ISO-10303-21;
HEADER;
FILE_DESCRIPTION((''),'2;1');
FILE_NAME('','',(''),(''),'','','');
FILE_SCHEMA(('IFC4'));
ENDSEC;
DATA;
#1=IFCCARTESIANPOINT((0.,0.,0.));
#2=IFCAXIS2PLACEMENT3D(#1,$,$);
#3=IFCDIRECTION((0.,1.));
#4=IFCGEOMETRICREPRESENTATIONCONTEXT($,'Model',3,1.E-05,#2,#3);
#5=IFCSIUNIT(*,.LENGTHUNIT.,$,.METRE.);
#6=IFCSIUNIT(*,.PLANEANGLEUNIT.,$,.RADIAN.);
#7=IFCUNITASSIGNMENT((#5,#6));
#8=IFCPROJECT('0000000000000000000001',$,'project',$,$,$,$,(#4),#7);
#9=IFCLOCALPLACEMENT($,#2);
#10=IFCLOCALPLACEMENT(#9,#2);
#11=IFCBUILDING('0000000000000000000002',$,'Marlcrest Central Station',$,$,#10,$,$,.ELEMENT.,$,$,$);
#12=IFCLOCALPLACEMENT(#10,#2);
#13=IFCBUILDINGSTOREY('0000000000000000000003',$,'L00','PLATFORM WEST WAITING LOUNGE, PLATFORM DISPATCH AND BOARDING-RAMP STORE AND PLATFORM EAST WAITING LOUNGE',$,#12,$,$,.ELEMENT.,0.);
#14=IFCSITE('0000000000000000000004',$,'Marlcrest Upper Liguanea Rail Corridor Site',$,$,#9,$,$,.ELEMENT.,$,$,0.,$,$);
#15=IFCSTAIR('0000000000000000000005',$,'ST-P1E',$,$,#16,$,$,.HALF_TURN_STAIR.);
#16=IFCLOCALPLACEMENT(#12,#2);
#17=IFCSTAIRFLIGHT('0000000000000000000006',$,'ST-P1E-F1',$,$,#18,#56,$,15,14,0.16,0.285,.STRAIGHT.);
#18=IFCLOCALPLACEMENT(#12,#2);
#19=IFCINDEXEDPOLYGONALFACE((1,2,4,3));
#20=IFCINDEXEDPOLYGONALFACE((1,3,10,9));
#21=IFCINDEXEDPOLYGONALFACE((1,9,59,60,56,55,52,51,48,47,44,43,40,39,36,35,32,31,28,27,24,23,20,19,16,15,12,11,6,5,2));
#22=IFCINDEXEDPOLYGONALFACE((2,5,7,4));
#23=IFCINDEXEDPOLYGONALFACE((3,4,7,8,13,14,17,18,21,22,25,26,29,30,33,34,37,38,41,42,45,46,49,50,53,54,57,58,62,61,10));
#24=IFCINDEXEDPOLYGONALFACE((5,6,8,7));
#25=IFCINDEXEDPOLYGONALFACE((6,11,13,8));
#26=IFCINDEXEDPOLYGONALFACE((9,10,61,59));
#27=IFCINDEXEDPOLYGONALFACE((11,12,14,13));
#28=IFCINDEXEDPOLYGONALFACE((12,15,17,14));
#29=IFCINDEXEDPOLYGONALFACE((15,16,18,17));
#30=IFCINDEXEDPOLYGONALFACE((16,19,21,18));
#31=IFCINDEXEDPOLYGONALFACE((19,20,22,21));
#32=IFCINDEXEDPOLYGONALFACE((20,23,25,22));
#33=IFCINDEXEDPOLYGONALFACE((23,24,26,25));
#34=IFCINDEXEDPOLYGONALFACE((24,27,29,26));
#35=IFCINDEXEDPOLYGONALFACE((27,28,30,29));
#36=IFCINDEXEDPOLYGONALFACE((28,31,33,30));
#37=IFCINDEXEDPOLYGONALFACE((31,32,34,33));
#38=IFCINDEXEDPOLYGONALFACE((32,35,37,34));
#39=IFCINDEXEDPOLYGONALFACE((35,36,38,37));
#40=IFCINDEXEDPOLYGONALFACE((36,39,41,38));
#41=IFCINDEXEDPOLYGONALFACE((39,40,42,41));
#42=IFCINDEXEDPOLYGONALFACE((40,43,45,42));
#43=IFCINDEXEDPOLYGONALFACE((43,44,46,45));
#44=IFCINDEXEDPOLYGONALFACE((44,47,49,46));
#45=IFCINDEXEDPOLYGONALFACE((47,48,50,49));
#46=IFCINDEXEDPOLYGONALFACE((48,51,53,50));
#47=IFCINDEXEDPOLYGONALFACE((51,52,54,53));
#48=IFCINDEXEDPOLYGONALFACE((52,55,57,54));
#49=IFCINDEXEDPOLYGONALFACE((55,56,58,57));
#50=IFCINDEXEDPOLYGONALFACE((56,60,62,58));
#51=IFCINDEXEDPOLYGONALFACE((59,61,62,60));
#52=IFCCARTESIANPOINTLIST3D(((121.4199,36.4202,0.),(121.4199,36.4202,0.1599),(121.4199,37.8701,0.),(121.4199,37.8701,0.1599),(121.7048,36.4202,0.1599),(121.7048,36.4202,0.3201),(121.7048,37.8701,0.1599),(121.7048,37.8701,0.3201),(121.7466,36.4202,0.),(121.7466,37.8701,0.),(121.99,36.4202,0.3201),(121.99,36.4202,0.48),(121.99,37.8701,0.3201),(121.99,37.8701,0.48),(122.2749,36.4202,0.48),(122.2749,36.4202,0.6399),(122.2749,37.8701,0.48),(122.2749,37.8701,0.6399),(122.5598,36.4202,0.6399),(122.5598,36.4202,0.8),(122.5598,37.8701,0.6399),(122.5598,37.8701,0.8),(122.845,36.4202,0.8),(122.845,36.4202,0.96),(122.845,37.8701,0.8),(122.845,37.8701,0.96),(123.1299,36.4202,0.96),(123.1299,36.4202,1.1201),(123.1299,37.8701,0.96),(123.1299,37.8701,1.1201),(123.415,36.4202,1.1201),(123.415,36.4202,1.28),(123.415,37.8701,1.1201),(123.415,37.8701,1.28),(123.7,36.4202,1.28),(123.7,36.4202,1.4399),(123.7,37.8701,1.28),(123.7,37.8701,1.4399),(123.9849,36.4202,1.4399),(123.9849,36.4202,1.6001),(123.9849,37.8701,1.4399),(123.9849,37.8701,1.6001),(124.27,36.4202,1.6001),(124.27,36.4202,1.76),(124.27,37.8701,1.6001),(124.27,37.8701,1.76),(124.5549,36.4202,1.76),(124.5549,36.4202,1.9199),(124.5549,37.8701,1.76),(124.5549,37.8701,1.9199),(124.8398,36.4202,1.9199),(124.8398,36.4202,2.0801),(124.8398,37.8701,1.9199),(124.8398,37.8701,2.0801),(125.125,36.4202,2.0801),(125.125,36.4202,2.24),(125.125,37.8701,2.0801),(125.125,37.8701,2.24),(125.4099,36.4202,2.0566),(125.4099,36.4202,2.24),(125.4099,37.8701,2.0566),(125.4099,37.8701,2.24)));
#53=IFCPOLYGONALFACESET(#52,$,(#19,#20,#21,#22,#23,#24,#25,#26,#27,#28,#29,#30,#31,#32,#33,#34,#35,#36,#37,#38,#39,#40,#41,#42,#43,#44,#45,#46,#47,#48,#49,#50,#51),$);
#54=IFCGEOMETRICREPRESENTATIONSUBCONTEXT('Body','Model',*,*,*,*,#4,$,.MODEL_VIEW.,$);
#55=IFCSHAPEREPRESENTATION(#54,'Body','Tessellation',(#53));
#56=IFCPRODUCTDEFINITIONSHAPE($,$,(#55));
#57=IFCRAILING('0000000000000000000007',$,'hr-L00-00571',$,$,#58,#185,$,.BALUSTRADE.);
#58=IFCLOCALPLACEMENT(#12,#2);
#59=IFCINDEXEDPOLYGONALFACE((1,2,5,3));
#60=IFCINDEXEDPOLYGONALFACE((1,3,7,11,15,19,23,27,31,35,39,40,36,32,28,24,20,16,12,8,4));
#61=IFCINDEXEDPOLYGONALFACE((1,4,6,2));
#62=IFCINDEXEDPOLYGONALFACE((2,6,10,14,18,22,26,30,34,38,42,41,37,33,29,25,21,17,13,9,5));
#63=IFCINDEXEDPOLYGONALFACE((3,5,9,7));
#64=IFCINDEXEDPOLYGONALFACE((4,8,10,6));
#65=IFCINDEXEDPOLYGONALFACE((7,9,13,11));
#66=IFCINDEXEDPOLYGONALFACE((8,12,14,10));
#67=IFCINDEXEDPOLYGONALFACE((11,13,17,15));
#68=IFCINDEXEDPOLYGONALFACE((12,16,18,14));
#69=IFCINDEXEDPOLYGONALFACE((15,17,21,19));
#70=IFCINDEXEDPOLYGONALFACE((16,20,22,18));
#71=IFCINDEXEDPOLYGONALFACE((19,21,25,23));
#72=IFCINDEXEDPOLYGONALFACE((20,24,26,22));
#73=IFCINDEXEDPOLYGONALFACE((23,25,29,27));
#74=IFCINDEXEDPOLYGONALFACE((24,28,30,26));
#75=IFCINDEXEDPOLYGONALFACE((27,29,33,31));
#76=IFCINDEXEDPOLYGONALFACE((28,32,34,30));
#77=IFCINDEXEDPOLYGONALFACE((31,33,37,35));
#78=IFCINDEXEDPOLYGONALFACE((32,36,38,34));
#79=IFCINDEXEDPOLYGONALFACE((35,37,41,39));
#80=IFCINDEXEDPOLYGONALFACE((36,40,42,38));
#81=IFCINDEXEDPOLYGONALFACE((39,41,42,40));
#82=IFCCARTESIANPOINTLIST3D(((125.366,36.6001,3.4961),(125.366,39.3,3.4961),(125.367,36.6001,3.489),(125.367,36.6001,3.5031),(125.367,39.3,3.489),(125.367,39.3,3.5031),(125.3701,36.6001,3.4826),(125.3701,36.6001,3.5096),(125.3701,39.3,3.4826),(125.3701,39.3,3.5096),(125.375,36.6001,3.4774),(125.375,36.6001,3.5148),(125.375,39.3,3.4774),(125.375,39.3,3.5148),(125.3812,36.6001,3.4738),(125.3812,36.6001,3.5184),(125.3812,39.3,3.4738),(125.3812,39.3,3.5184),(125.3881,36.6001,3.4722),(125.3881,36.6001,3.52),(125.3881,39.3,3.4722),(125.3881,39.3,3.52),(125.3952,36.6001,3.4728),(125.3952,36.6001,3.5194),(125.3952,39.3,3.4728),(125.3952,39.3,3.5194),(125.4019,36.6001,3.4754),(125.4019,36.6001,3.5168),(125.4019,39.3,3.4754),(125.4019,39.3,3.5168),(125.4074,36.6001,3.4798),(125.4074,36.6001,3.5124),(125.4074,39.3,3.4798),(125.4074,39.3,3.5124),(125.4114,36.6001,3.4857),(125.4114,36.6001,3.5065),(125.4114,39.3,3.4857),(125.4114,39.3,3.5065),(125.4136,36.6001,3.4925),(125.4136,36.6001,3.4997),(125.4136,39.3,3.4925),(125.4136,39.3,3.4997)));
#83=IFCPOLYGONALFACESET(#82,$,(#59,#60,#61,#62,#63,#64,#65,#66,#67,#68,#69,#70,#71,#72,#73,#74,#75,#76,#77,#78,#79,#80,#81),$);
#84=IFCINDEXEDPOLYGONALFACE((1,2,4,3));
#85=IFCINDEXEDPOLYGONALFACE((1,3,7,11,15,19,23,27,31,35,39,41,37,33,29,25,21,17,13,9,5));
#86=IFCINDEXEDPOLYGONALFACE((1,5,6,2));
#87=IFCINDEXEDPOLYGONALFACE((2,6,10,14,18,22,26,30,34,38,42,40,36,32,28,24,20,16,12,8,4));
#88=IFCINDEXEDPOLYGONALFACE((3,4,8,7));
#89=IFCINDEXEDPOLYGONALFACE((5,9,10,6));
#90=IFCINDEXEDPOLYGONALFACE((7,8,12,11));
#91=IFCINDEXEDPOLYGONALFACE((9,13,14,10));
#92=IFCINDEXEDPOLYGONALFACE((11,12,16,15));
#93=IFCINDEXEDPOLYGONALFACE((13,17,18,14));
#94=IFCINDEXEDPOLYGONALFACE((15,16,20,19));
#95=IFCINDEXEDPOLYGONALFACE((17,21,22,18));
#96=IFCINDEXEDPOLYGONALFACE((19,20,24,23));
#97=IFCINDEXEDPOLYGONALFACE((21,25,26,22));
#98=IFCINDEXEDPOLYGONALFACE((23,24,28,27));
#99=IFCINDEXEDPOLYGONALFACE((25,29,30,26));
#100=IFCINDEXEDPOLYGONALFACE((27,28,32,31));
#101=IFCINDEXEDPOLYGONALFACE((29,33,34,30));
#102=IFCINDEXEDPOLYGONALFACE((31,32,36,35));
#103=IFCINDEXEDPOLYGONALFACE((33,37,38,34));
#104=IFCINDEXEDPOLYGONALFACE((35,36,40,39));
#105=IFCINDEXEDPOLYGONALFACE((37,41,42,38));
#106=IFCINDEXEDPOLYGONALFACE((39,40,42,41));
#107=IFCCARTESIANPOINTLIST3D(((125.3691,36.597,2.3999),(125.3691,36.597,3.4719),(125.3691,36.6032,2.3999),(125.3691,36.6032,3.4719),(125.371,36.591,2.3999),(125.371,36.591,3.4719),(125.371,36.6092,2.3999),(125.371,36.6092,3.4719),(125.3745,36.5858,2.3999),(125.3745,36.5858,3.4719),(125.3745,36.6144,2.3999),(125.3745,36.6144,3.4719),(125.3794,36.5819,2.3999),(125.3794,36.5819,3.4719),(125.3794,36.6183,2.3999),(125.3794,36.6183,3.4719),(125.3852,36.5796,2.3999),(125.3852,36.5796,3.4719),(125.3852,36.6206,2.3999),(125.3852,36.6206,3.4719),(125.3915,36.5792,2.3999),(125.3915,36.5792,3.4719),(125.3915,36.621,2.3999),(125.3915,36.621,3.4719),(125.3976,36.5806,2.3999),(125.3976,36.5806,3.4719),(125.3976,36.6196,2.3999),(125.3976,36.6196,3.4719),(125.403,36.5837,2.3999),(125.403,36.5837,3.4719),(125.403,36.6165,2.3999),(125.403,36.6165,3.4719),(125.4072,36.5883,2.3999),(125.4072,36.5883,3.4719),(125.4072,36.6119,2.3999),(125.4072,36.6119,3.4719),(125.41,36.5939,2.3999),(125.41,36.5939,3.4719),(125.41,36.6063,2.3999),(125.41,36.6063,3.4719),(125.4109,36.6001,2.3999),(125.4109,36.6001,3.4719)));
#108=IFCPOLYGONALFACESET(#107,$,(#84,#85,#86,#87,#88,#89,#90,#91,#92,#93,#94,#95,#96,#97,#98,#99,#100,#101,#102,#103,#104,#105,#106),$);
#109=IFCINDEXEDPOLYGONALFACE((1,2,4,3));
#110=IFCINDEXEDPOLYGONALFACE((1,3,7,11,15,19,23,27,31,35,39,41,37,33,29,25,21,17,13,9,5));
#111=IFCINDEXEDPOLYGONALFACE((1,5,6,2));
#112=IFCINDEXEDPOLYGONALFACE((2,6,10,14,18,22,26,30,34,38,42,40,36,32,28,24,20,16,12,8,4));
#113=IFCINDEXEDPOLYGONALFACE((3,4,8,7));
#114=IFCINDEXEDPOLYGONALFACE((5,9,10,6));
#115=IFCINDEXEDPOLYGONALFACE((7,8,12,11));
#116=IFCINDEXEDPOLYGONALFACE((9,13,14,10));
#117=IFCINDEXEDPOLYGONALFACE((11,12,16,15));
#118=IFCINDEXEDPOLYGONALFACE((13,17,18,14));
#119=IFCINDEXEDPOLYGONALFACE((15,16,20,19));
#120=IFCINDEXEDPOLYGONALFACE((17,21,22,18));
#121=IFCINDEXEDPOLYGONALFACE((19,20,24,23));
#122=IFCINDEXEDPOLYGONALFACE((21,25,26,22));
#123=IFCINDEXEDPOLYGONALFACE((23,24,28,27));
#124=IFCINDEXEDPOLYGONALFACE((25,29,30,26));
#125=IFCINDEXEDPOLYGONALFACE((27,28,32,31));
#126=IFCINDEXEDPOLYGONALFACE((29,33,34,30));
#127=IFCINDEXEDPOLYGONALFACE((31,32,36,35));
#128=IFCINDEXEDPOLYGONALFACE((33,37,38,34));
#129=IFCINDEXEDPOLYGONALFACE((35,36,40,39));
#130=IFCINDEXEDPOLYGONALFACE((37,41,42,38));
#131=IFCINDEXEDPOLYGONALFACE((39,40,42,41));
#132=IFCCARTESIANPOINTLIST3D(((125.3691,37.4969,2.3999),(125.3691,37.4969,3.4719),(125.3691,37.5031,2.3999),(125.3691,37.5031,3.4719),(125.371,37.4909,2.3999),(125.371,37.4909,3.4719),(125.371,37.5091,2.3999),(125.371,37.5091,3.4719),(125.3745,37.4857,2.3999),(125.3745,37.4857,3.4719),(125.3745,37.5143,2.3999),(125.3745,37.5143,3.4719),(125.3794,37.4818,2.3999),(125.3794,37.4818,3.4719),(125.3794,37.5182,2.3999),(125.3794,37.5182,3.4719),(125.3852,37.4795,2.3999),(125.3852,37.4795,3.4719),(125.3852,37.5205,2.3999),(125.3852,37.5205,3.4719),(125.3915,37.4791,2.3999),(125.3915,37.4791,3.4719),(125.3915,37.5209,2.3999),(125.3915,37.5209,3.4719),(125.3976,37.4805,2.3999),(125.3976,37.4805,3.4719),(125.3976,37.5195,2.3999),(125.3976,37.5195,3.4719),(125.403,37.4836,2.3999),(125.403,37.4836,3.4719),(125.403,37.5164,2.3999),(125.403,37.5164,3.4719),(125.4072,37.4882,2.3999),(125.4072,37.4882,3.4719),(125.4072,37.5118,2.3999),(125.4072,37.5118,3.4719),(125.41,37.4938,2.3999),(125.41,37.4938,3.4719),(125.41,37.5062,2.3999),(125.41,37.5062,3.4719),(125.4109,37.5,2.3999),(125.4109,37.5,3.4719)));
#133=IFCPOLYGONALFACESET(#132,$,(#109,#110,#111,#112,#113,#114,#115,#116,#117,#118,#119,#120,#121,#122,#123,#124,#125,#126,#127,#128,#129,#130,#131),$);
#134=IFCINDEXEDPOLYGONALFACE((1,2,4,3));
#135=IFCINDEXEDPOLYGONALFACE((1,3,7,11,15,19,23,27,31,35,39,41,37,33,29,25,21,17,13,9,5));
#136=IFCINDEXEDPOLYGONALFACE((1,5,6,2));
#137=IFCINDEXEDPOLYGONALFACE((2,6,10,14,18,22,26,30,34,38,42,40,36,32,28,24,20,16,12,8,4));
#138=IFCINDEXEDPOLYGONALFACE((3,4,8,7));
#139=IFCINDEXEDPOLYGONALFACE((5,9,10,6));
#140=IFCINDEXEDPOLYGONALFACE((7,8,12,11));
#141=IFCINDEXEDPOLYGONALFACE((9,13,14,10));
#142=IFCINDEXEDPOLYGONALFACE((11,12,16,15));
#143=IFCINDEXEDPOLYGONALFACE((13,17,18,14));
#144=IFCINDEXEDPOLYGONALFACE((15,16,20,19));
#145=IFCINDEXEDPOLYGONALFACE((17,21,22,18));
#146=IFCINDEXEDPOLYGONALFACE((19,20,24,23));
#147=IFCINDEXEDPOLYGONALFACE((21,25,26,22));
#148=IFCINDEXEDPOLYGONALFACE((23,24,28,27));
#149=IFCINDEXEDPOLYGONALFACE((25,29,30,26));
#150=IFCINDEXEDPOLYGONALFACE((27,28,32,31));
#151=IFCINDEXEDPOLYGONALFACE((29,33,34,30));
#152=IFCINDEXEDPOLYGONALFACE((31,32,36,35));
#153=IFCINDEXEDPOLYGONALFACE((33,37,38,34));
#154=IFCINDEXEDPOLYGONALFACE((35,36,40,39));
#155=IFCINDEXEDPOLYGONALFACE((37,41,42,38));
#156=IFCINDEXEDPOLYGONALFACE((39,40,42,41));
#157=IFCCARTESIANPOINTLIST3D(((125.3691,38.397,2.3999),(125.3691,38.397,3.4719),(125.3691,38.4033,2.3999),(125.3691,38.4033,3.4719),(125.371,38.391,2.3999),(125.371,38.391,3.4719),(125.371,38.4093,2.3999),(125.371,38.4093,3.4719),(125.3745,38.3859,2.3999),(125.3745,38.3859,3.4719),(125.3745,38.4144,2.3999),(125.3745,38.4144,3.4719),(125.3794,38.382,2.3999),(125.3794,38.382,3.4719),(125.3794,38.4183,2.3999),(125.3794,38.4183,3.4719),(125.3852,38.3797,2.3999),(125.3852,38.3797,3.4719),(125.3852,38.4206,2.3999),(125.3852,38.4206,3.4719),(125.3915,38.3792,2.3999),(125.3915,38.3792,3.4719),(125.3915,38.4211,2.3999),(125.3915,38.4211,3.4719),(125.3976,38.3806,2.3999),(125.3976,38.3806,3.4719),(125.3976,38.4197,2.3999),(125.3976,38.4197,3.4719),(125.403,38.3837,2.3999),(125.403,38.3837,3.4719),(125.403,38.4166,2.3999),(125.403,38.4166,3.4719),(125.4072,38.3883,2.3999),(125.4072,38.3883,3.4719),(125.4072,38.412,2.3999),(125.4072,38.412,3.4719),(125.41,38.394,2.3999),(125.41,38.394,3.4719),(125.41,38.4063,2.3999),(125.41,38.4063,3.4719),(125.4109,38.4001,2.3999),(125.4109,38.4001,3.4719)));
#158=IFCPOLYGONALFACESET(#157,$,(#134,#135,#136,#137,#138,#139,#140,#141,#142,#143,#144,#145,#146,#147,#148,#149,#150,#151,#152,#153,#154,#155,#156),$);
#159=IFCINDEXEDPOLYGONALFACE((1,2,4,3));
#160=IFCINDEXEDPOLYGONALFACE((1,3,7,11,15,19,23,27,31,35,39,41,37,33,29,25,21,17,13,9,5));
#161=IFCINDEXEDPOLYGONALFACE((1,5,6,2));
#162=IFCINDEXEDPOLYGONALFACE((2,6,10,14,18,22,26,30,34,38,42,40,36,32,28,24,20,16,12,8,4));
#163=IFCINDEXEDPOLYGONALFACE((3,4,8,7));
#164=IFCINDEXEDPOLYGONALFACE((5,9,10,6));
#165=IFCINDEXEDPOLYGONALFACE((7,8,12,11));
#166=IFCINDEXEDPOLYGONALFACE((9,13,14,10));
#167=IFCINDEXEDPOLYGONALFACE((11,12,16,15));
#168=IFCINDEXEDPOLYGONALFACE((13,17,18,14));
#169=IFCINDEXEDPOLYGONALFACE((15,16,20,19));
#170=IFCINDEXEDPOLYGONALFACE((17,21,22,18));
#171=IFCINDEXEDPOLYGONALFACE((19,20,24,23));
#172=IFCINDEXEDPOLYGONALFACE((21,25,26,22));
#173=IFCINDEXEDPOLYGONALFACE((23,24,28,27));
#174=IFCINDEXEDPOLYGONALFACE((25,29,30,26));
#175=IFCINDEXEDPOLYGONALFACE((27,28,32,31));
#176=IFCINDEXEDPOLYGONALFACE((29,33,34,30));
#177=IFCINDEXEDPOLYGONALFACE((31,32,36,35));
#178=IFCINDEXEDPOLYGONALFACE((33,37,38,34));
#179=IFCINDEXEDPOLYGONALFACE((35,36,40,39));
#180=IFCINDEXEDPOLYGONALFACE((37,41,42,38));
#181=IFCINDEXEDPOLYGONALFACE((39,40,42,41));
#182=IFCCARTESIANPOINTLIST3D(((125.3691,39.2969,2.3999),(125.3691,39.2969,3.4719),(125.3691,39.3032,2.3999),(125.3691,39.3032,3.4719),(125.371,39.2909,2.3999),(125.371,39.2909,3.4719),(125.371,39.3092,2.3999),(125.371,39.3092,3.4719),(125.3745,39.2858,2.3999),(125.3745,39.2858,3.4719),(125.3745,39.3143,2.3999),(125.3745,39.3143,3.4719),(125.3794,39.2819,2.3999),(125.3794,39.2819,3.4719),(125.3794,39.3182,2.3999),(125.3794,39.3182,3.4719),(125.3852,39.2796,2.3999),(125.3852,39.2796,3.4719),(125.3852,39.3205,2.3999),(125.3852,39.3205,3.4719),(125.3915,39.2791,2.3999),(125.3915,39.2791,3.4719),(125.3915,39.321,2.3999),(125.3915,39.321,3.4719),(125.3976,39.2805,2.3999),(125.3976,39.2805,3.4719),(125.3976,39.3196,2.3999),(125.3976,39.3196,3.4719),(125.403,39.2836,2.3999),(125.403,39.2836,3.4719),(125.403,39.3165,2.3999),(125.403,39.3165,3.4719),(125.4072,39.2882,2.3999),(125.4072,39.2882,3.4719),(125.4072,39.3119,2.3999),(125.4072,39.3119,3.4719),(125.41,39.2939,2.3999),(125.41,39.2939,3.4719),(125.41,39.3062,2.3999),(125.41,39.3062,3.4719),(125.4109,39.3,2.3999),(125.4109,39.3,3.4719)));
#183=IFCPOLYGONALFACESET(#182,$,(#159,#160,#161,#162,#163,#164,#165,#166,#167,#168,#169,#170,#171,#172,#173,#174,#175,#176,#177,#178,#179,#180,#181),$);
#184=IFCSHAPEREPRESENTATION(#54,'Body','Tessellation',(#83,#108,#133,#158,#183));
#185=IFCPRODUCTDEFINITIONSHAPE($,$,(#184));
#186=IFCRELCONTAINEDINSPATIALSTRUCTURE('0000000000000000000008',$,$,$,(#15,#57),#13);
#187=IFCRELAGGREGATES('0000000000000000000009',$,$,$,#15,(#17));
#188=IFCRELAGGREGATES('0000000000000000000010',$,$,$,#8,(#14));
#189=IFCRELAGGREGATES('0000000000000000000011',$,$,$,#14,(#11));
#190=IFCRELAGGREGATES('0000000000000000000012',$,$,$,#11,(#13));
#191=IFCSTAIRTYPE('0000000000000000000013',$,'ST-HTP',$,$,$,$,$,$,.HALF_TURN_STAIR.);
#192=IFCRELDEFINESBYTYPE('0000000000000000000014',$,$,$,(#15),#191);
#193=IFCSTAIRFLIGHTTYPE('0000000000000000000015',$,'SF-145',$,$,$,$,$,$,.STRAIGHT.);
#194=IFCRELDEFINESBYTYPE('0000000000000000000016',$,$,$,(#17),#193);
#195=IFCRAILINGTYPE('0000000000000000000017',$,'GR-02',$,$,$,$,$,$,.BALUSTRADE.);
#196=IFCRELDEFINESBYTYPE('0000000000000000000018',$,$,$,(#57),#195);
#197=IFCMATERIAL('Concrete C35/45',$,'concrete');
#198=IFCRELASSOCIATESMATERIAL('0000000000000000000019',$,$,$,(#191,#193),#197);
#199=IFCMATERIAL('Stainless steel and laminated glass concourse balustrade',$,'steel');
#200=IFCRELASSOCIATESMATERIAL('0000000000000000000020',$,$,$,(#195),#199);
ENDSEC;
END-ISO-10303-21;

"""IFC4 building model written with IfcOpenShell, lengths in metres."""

from ifc_helpers import new_model, si_unit, direction, frame, origin, origin_2d, place, context, subcontext, project, spatial, polyline, circle, outline, extrude, material, type_object, element, aggregate, save


model = new_model("IFC4")

# Units and contexts
model_context = context("Model", 3, precision=1e-05, world=origin(), true_north=direction((0.0, 1.0)))
body_context = subcontext(model_context, "Body", "Model", "MODEL_VIEW")
ifc_project = project(units=[si_unit("LENGTHUNIT", "METRE"), si_unit("PLANEANGLEUNIT", "RADIAN")], contexts=[model_context])

# Site, building, storey
site_placement = place(None, origin())
site = spatial("IfcSite", under=ifc_project, at=site_placement, Name="Marlcrest Upper Liguanea Rail Corridor Site", CompositionType="ELEMENT", RefElevation=0.0)
building_placement = place(site_placement, origin())
building = spatial("IfcBuilding", under=site, at=building_placement, Name="Marlcrest Central Station", CompositionType="ELEMENT")
storey_placement = place(building_placement, origin())
storey = spatial("IfcBuildingStorey", under=building, at=storey_placement, Name="L00", Description="PLATFORM WEST WAITING LOUNGE, PLATFORM DISPATCH AND BOARDING-RAMP STORE AND PLATFORM EAST WAITING LOUNGE", CompositionType="ELEMENT", Elevation=0.0)

# Shared definitions
ifc_material_1 = material(Name="Concrete C35/45", Category="concrete")

# Stair, stair flight
stair_type = type_object("IfcStairType", Name="ST-HTP", PredefinedType="HALF_TURN_STAIR", material=ifc_material_1)
stair_placement = place(storey_placement, origin())
stair = element("IfcStair", 1, at=stair_placement, inside=storey, type_object=stair_type, Name="ST-P1E", PredefinedType="HALF_TURN_STAIR")
stair_flight_type = type_object("IfcStairFlightType", Name="SF-145", PredefinedType="STRAIGHT", material=ifc_material_1)
stair_flight_placement = place(storey_placement, frame((121.4199, 37.145, 0.0), z_axis=(0.0, 0.0, 1.0), x_axis=(1.0, 0.0, 0.0)))
stair_flight = element("IfcStairFlight", 2, at=stair_flight_placement, type_object=stair_flight_type, Name="ST-P1E-F1", NumberOfRisers=15, NumberOfTreads=14, PredefinedType="STRAIGHT", RiserHeight=0.16, TreadLength=0.285, context=body_context, shape_type="SweptSolid", body=[
    extrude(outline(polyline([(0.0, 0.0), (0.0, 0.1599), (0.2849, 0.1599), (0.2849, 0.3201), (0.5701, 0.3201), (0.5701, 0.48), (0.855, 0.48), (0.855, 0.6399), (1.1399, 0.6399), (1.1399, 0.8), (1.425, 0.8), (1.425, 0.96), (1.71, 0.96), (1.71, 1.1201), (1.9951, 1.1201), (1.9951, 1.28), (2.28, 1.28), (2.28, 1.4399), (2.5649, 1.4399), (2.5649, 1.6001), (2.8501, 1.6001), (2.8501, 1.76), (3.135, 1.76), (3.135, 1.9199), (3.4199, 1.9199), (3.4199, 2.0801), (3.7051, 2.0801), (3.7051, 2.24), (3.99, 2.24), (3.99, 2.3999), (3.99, 2.0566), (0.3267, 0.0), (0.0, 0.0)])), frame((0.0, 0.7251, 0.0), z_axis=(0.0, -1.0, 0.0), x_axis=(1.0, 0.0, 0.0)), (0.0, 0.0, 1.0), 1.45),
])
aggregate(stair, [stair_flight])

# Railing
ifc_material_2 = material(Name="Stainless steel and laminated glass concourse balustrade", Category="steel")
railing_type_1 = type_object("IfcRailingType", Name="GR-02", PredefinedType="BALUSTRADE", material=ifc_material_2)
railing_1_placement = place(storey_placement, frame((125.3899, 36.6001, 2.3999)))
element("IfcRailing", 3, at=railing_1_placement, inside=storey, type_object=railing_type_1, Name="hr-L00-00571", PredefinedType="BALUSTRADE", context=body_context, shape_type="SweptSolid", body=[
    extrude(circle(Radius=0.0239, at=origin_2d()), frame((0.0, 0.0, 1.0962), z_axis=(0.0, 1.0, 0.0), x_axis=(-1.0, 0.0, 0.0)), (0.0, 0.0, 1.0), 2.7),
    extrude(circle(Radius=0.021, at=origin_2d()), origin(), (0.0, 0.0, 1.0), 1.072),
    extrude(circle(Radius=0.021, at=origin_2d()), frame((0.0, 0.8999, 0.0)), (0.0, 0.0, 1.0), 1.072),
    extrude(circle(Radius=0.021, at=origin_2d()), frame((0.0, 1.8, 0.0)), (0.0, 0.0, 1.0), 1.072),
    extrude(circle(Radius=0.021, at=origin_2d()), frame((0.0, 2.7, 0.0)), (0.0, 0.0, 1.0), 1.072),
])

save(model, "model.ifc")
